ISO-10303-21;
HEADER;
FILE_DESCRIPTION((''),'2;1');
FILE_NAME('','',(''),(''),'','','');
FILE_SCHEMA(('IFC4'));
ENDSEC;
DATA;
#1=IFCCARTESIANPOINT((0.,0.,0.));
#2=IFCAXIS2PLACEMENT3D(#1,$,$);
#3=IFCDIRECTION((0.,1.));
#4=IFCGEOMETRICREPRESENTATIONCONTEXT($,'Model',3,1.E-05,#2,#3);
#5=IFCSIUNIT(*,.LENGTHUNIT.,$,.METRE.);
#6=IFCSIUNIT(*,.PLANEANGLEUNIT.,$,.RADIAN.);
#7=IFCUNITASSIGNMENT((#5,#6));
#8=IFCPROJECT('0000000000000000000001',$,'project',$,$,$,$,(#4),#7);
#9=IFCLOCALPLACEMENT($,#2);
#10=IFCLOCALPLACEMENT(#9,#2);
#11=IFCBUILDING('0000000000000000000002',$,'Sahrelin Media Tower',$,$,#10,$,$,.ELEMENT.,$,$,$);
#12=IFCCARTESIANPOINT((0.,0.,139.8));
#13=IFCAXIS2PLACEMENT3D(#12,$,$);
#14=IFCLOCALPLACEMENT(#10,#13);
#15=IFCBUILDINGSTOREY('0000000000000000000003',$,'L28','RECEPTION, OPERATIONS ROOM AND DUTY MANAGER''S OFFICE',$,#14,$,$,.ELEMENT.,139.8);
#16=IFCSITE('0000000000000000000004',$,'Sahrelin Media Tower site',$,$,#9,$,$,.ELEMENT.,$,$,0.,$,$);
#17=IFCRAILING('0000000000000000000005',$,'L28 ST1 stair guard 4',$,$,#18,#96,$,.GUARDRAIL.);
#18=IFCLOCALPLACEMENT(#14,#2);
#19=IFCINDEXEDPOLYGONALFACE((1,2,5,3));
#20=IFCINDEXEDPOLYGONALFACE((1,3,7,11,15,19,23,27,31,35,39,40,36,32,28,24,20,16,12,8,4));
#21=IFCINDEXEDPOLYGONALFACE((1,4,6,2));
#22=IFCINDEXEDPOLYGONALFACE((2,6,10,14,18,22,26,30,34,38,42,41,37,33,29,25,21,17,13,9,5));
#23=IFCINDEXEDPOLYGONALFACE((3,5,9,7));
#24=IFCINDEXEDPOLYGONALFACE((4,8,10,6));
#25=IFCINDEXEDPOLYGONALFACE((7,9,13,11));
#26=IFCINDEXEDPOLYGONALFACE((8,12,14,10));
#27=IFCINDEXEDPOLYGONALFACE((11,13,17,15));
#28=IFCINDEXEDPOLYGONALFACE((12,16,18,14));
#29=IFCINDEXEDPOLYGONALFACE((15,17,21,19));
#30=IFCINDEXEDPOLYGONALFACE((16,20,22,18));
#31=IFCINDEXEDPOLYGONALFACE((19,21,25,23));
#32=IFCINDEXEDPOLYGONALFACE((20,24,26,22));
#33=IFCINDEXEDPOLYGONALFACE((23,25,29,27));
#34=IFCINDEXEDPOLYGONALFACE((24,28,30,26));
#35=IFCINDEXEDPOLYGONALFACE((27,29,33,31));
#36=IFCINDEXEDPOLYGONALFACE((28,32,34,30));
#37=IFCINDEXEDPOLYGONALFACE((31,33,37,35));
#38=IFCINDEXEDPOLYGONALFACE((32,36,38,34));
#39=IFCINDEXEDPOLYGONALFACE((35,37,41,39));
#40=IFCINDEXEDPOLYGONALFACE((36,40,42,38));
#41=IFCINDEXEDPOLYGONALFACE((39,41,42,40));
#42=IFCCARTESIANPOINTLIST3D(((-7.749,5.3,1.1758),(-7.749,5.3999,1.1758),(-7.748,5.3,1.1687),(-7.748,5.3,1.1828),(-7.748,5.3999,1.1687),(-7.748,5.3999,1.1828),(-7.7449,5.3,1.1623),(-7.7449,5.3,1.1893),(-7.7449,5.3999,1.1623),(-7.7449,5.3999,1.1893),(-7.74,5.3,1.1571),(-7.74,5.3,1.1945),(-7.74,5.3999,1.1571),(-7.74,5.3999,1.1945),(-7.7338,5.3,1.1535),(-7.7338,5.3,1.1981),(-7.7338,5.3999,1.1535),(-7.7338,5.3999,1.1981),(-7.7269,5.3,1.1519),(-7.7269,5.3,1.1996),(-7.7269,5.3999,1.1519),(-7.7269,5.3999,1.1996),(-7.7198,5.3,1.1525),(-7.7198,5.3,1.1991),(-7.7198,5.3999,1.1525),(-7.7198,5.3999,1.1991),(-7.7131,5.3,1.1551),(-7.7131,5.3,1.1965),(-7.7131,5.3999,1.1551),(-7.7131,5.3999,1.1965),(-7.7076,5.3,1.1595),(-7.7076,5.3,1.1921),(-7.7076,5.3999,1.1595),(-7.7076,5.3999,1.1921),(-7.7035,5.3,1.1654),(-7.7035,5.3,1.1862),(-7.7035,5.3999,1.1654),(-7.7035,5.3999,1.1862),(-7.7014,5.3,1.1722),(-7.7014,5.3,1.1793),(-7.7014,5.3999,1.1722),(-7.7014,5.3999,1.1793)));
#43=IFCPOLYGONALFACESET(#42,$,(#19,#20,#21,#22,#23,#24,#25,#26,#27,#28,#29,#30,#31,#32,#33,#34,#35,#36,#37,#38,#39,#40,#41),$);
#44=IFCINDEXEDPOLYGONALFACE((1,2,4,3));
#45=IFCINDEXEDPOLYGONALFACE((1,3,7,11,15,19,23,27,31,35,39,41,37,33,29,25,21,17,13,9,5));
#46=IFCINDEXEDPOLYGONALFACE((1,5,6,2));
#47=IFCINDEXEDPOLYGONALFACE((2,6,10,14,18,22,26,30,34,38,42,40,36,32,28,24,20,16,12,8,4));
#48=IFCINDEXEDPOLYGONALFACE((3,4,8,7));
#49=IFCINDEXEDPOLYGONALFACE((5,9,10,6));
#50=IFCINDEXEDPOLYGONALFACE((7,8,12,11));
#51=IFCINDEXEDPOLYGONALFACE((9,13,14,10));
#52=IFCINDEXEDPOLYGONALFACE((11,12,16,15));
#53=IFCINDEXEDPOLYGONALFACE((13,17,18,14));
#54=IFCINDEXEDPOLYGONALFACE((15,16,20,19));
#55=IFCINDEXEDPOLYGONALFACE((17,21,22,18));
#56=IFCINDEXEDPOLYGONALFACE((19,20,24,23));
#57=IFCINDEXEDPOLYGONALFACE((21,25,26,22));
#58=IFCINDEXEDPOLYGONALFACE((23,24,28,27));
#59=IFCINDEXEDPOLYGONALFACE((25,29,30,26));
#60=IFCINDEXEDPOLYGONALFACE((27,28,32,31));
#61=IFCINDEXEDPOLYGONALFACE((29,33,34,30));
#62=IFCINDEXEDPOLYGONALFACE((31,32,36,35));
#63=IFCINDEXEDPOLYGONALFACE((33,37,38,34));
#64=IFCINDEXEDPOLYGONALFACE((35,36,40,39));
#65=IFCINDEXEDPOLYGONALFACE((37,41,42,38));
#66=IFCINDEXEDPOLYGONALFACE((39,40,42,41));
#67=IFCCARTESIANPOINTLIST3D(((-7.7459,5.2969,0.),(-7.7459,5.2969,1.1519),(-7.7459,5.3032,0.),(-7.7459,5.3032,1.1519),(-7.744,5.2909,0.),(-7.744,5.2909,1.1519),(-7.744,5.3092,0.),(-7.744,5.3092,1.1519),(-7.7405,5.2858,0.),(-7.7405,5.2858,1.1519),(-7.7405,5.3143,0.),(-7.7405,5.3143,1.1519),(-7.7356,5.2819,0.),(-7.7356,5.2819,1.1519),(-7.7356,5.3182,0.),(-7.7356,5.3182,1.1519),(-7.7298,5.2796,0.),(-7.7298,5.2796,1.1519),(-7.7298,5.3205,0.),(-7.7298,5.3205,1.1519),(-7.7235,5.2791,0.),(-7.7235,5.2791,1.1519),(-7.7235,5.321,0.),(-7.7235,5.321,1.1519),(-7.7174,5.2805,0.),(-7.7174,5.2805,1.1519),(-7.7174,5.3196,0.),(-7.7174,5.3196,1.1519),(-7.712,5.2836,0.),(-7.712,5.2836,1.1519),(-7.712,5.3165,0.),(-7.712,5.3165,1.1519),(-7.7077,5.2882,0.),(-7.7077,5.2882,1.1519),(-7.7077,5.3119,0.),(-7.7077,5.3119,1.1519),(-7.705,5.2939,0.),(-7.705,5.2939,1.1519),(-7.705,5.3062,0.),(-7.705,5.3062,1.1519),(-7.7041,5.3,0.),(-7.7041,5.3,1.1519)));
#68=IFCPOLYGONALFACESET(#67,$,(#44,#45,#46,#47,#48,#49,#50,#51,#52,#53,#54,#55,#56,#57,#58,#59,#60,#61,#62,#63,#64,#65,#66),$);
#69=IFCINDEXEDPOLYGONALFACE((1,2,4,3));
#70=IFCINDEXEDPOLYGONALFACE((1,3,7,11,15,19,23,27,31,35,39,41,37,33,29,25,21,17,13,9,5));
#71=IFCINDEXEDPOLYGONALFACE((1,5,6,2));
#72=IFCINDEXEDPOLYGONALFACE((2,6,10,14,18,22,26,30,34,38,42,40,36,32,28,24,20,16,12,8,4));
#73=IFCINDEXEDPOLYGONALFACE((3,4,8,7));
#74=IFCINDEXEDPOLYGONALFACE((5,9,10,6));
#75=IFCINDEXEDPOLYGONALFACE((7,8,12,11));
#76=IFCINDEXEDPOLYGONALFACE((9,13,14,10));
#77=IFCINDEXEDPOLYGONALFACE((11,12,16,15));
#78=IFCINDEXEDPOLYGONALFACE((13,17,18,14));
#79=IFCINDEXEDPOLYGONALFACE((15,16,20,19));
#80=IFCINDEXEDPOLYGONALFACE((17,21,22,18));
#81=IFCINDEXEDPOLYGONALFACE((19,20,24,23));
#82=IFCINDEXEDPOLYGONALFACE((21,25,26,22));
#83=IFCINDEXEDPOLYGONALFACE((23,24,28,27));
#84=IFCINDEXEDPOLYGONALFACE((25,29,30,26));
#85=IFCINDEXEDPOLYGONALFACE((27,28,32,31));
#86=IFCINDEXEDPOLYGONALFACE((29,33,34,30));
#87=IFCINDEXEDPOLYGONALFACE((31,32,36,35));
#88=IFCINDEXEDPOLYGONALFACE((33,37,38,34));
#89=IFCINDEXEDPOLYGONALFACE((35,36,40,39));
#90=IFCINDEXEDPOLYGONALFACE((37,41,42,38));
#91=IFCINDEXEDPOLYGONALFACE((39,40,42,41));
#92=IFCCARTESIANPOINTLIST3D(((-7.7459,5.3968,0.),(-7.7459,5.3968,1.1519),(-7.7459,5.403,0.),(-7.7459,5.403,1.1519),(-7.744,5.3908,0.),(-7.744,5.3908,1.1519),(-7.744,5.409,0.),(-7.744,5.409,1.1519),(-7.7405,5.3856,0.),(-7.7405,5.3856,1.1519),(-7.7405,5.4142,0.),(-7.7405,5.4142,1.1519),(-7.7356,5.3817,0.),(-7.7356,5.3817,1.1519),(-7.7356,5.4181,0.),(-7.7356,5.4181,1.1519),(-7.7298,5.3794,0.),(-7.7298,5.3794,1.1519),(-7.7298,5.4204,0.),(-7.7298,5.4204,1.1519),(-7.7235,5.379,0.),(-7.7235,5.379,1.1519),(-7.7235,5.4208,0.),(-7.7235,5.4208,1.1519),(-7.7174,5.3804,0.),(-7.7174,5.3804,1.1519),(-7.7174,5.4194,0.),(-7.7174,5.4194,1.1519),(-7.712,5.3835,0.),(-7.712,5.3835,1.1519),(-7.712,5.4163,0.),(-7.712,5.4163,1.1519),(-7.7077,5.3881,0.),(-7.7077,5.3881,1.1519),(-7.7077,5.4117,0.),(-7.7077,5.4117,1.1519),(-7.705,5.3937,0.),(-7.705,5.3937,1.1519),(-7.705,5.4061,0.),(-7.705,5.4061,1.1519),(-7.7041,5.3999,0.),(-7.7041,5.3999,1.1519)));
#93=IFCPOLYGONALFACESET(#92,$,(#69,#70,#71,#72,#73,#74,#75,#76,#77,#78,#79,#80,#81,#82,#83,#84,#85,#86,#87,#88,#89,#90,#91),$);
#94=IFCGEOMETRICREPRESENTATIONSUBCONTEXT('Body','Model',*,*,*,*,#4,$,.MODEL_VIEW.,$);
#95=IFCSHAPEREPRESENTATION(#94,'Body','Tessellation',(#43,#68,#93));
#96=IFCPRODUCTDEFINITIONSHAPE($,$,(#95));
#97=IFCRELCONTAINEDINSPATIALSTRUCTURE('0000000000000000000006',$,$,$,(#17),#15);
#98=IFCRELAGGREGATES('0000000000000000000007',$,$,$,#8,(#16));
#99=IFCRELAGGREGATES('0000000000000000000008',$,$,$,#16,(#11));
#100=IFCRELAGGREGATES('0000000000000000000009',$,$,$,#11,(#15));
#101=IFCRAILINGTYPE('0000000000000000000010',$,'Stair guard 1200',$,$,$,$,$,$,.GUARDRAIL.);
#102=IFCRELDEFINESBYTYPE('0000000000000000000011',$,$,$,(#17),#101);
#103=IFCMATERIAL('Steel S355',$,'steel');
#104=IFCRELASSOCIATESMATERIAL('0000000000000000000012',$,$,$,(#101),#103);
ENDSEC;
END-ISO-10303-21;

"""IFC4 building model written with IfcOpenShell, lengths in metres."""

from ifc_helpers import new_model, si_unit, direction, frame, origin, origin_2d, place, context, subcontext, project, spatial, circle, extrude, material, type_object, element, save


model = new_model("IFC4")

# Units and contexts
model_context = context("Model", 3, precision=1e-05, world=origin(), true_north=direction((0.0, 1.0)))
body_context = subcontext(model_context, "Body", "Model", "MODEL_VIEW")
ifc_project = project(units=[si_unit("LENGTHUNIT", "METRE"), si_unit("PLANEANGLEUNIT", "RADIAN")], contexts=[model_context])

# Site, building, storey
site_placement = place(None, origin())
site = spatial("IfcSite", under=ifc_project, at=site_placement, Name="Sahrelin Media Tower site", CompositionType="ELEMENT", RefElevation=0.0)
building_placement = place(site_placement, origin())
building = spatial("IfcBuilding", under=site, at=building_placement, Name="Sahrelin Media Tower", CompositionType="ELEMENT")
storey_placement = place(building_placement, frame((0.0, 0.0, 139.8)))
storey = spatial("IfcBuildingStorey", under=building, at=storey_placement, Name="L28", Description="RECEPTION, OPERATIONS ROOM AND DUTY MANAGER'S OFFICE", CompositionType="ELEMENT", Elevation=139.8)

# Shared definitions
ifc_material_1 = material(Name="Steel S355", Category="steel")

# Railing
railing_type_1 = type_object("IfcRailingType", Name="Stair guard 1200", PredefinedType="GUARDRAIL", material=ifc_material_1)
railing_1_placement = place(storey_placement, frame((-7.7251, 5.3, 0.0)))
element("IfcRailing", 1, at=railing_1_placement, inside=storey, type_object=railing_type_1, Name="L28 ST1 stair guard 4", PredefinedType="GUARDRAIL", context=body_context, shape_type="SweptSolid", body=[
    extrude(circle(Radius=0.0239, at=origin_2d()), frame((0.0, 0.0, 1.1758), z_axis=(0.0, 1.0, 0.0), x_axis=(-1.0, 0.0, 0.0)), (0.0, 0.0, 1.0), 0.0999),
    extrude(circle(Radius=0.021, at=origin_2d()), origin(), (0.0, 0.0, 1.0), 1.1519),
    extrude(circle(Radius=0.021, at=origin_2d()), frame((0.0, 0.0999, 0.0)), (0.0, 0.0, 1.0), 1.1519),
])

save(model, "model.ifc")
